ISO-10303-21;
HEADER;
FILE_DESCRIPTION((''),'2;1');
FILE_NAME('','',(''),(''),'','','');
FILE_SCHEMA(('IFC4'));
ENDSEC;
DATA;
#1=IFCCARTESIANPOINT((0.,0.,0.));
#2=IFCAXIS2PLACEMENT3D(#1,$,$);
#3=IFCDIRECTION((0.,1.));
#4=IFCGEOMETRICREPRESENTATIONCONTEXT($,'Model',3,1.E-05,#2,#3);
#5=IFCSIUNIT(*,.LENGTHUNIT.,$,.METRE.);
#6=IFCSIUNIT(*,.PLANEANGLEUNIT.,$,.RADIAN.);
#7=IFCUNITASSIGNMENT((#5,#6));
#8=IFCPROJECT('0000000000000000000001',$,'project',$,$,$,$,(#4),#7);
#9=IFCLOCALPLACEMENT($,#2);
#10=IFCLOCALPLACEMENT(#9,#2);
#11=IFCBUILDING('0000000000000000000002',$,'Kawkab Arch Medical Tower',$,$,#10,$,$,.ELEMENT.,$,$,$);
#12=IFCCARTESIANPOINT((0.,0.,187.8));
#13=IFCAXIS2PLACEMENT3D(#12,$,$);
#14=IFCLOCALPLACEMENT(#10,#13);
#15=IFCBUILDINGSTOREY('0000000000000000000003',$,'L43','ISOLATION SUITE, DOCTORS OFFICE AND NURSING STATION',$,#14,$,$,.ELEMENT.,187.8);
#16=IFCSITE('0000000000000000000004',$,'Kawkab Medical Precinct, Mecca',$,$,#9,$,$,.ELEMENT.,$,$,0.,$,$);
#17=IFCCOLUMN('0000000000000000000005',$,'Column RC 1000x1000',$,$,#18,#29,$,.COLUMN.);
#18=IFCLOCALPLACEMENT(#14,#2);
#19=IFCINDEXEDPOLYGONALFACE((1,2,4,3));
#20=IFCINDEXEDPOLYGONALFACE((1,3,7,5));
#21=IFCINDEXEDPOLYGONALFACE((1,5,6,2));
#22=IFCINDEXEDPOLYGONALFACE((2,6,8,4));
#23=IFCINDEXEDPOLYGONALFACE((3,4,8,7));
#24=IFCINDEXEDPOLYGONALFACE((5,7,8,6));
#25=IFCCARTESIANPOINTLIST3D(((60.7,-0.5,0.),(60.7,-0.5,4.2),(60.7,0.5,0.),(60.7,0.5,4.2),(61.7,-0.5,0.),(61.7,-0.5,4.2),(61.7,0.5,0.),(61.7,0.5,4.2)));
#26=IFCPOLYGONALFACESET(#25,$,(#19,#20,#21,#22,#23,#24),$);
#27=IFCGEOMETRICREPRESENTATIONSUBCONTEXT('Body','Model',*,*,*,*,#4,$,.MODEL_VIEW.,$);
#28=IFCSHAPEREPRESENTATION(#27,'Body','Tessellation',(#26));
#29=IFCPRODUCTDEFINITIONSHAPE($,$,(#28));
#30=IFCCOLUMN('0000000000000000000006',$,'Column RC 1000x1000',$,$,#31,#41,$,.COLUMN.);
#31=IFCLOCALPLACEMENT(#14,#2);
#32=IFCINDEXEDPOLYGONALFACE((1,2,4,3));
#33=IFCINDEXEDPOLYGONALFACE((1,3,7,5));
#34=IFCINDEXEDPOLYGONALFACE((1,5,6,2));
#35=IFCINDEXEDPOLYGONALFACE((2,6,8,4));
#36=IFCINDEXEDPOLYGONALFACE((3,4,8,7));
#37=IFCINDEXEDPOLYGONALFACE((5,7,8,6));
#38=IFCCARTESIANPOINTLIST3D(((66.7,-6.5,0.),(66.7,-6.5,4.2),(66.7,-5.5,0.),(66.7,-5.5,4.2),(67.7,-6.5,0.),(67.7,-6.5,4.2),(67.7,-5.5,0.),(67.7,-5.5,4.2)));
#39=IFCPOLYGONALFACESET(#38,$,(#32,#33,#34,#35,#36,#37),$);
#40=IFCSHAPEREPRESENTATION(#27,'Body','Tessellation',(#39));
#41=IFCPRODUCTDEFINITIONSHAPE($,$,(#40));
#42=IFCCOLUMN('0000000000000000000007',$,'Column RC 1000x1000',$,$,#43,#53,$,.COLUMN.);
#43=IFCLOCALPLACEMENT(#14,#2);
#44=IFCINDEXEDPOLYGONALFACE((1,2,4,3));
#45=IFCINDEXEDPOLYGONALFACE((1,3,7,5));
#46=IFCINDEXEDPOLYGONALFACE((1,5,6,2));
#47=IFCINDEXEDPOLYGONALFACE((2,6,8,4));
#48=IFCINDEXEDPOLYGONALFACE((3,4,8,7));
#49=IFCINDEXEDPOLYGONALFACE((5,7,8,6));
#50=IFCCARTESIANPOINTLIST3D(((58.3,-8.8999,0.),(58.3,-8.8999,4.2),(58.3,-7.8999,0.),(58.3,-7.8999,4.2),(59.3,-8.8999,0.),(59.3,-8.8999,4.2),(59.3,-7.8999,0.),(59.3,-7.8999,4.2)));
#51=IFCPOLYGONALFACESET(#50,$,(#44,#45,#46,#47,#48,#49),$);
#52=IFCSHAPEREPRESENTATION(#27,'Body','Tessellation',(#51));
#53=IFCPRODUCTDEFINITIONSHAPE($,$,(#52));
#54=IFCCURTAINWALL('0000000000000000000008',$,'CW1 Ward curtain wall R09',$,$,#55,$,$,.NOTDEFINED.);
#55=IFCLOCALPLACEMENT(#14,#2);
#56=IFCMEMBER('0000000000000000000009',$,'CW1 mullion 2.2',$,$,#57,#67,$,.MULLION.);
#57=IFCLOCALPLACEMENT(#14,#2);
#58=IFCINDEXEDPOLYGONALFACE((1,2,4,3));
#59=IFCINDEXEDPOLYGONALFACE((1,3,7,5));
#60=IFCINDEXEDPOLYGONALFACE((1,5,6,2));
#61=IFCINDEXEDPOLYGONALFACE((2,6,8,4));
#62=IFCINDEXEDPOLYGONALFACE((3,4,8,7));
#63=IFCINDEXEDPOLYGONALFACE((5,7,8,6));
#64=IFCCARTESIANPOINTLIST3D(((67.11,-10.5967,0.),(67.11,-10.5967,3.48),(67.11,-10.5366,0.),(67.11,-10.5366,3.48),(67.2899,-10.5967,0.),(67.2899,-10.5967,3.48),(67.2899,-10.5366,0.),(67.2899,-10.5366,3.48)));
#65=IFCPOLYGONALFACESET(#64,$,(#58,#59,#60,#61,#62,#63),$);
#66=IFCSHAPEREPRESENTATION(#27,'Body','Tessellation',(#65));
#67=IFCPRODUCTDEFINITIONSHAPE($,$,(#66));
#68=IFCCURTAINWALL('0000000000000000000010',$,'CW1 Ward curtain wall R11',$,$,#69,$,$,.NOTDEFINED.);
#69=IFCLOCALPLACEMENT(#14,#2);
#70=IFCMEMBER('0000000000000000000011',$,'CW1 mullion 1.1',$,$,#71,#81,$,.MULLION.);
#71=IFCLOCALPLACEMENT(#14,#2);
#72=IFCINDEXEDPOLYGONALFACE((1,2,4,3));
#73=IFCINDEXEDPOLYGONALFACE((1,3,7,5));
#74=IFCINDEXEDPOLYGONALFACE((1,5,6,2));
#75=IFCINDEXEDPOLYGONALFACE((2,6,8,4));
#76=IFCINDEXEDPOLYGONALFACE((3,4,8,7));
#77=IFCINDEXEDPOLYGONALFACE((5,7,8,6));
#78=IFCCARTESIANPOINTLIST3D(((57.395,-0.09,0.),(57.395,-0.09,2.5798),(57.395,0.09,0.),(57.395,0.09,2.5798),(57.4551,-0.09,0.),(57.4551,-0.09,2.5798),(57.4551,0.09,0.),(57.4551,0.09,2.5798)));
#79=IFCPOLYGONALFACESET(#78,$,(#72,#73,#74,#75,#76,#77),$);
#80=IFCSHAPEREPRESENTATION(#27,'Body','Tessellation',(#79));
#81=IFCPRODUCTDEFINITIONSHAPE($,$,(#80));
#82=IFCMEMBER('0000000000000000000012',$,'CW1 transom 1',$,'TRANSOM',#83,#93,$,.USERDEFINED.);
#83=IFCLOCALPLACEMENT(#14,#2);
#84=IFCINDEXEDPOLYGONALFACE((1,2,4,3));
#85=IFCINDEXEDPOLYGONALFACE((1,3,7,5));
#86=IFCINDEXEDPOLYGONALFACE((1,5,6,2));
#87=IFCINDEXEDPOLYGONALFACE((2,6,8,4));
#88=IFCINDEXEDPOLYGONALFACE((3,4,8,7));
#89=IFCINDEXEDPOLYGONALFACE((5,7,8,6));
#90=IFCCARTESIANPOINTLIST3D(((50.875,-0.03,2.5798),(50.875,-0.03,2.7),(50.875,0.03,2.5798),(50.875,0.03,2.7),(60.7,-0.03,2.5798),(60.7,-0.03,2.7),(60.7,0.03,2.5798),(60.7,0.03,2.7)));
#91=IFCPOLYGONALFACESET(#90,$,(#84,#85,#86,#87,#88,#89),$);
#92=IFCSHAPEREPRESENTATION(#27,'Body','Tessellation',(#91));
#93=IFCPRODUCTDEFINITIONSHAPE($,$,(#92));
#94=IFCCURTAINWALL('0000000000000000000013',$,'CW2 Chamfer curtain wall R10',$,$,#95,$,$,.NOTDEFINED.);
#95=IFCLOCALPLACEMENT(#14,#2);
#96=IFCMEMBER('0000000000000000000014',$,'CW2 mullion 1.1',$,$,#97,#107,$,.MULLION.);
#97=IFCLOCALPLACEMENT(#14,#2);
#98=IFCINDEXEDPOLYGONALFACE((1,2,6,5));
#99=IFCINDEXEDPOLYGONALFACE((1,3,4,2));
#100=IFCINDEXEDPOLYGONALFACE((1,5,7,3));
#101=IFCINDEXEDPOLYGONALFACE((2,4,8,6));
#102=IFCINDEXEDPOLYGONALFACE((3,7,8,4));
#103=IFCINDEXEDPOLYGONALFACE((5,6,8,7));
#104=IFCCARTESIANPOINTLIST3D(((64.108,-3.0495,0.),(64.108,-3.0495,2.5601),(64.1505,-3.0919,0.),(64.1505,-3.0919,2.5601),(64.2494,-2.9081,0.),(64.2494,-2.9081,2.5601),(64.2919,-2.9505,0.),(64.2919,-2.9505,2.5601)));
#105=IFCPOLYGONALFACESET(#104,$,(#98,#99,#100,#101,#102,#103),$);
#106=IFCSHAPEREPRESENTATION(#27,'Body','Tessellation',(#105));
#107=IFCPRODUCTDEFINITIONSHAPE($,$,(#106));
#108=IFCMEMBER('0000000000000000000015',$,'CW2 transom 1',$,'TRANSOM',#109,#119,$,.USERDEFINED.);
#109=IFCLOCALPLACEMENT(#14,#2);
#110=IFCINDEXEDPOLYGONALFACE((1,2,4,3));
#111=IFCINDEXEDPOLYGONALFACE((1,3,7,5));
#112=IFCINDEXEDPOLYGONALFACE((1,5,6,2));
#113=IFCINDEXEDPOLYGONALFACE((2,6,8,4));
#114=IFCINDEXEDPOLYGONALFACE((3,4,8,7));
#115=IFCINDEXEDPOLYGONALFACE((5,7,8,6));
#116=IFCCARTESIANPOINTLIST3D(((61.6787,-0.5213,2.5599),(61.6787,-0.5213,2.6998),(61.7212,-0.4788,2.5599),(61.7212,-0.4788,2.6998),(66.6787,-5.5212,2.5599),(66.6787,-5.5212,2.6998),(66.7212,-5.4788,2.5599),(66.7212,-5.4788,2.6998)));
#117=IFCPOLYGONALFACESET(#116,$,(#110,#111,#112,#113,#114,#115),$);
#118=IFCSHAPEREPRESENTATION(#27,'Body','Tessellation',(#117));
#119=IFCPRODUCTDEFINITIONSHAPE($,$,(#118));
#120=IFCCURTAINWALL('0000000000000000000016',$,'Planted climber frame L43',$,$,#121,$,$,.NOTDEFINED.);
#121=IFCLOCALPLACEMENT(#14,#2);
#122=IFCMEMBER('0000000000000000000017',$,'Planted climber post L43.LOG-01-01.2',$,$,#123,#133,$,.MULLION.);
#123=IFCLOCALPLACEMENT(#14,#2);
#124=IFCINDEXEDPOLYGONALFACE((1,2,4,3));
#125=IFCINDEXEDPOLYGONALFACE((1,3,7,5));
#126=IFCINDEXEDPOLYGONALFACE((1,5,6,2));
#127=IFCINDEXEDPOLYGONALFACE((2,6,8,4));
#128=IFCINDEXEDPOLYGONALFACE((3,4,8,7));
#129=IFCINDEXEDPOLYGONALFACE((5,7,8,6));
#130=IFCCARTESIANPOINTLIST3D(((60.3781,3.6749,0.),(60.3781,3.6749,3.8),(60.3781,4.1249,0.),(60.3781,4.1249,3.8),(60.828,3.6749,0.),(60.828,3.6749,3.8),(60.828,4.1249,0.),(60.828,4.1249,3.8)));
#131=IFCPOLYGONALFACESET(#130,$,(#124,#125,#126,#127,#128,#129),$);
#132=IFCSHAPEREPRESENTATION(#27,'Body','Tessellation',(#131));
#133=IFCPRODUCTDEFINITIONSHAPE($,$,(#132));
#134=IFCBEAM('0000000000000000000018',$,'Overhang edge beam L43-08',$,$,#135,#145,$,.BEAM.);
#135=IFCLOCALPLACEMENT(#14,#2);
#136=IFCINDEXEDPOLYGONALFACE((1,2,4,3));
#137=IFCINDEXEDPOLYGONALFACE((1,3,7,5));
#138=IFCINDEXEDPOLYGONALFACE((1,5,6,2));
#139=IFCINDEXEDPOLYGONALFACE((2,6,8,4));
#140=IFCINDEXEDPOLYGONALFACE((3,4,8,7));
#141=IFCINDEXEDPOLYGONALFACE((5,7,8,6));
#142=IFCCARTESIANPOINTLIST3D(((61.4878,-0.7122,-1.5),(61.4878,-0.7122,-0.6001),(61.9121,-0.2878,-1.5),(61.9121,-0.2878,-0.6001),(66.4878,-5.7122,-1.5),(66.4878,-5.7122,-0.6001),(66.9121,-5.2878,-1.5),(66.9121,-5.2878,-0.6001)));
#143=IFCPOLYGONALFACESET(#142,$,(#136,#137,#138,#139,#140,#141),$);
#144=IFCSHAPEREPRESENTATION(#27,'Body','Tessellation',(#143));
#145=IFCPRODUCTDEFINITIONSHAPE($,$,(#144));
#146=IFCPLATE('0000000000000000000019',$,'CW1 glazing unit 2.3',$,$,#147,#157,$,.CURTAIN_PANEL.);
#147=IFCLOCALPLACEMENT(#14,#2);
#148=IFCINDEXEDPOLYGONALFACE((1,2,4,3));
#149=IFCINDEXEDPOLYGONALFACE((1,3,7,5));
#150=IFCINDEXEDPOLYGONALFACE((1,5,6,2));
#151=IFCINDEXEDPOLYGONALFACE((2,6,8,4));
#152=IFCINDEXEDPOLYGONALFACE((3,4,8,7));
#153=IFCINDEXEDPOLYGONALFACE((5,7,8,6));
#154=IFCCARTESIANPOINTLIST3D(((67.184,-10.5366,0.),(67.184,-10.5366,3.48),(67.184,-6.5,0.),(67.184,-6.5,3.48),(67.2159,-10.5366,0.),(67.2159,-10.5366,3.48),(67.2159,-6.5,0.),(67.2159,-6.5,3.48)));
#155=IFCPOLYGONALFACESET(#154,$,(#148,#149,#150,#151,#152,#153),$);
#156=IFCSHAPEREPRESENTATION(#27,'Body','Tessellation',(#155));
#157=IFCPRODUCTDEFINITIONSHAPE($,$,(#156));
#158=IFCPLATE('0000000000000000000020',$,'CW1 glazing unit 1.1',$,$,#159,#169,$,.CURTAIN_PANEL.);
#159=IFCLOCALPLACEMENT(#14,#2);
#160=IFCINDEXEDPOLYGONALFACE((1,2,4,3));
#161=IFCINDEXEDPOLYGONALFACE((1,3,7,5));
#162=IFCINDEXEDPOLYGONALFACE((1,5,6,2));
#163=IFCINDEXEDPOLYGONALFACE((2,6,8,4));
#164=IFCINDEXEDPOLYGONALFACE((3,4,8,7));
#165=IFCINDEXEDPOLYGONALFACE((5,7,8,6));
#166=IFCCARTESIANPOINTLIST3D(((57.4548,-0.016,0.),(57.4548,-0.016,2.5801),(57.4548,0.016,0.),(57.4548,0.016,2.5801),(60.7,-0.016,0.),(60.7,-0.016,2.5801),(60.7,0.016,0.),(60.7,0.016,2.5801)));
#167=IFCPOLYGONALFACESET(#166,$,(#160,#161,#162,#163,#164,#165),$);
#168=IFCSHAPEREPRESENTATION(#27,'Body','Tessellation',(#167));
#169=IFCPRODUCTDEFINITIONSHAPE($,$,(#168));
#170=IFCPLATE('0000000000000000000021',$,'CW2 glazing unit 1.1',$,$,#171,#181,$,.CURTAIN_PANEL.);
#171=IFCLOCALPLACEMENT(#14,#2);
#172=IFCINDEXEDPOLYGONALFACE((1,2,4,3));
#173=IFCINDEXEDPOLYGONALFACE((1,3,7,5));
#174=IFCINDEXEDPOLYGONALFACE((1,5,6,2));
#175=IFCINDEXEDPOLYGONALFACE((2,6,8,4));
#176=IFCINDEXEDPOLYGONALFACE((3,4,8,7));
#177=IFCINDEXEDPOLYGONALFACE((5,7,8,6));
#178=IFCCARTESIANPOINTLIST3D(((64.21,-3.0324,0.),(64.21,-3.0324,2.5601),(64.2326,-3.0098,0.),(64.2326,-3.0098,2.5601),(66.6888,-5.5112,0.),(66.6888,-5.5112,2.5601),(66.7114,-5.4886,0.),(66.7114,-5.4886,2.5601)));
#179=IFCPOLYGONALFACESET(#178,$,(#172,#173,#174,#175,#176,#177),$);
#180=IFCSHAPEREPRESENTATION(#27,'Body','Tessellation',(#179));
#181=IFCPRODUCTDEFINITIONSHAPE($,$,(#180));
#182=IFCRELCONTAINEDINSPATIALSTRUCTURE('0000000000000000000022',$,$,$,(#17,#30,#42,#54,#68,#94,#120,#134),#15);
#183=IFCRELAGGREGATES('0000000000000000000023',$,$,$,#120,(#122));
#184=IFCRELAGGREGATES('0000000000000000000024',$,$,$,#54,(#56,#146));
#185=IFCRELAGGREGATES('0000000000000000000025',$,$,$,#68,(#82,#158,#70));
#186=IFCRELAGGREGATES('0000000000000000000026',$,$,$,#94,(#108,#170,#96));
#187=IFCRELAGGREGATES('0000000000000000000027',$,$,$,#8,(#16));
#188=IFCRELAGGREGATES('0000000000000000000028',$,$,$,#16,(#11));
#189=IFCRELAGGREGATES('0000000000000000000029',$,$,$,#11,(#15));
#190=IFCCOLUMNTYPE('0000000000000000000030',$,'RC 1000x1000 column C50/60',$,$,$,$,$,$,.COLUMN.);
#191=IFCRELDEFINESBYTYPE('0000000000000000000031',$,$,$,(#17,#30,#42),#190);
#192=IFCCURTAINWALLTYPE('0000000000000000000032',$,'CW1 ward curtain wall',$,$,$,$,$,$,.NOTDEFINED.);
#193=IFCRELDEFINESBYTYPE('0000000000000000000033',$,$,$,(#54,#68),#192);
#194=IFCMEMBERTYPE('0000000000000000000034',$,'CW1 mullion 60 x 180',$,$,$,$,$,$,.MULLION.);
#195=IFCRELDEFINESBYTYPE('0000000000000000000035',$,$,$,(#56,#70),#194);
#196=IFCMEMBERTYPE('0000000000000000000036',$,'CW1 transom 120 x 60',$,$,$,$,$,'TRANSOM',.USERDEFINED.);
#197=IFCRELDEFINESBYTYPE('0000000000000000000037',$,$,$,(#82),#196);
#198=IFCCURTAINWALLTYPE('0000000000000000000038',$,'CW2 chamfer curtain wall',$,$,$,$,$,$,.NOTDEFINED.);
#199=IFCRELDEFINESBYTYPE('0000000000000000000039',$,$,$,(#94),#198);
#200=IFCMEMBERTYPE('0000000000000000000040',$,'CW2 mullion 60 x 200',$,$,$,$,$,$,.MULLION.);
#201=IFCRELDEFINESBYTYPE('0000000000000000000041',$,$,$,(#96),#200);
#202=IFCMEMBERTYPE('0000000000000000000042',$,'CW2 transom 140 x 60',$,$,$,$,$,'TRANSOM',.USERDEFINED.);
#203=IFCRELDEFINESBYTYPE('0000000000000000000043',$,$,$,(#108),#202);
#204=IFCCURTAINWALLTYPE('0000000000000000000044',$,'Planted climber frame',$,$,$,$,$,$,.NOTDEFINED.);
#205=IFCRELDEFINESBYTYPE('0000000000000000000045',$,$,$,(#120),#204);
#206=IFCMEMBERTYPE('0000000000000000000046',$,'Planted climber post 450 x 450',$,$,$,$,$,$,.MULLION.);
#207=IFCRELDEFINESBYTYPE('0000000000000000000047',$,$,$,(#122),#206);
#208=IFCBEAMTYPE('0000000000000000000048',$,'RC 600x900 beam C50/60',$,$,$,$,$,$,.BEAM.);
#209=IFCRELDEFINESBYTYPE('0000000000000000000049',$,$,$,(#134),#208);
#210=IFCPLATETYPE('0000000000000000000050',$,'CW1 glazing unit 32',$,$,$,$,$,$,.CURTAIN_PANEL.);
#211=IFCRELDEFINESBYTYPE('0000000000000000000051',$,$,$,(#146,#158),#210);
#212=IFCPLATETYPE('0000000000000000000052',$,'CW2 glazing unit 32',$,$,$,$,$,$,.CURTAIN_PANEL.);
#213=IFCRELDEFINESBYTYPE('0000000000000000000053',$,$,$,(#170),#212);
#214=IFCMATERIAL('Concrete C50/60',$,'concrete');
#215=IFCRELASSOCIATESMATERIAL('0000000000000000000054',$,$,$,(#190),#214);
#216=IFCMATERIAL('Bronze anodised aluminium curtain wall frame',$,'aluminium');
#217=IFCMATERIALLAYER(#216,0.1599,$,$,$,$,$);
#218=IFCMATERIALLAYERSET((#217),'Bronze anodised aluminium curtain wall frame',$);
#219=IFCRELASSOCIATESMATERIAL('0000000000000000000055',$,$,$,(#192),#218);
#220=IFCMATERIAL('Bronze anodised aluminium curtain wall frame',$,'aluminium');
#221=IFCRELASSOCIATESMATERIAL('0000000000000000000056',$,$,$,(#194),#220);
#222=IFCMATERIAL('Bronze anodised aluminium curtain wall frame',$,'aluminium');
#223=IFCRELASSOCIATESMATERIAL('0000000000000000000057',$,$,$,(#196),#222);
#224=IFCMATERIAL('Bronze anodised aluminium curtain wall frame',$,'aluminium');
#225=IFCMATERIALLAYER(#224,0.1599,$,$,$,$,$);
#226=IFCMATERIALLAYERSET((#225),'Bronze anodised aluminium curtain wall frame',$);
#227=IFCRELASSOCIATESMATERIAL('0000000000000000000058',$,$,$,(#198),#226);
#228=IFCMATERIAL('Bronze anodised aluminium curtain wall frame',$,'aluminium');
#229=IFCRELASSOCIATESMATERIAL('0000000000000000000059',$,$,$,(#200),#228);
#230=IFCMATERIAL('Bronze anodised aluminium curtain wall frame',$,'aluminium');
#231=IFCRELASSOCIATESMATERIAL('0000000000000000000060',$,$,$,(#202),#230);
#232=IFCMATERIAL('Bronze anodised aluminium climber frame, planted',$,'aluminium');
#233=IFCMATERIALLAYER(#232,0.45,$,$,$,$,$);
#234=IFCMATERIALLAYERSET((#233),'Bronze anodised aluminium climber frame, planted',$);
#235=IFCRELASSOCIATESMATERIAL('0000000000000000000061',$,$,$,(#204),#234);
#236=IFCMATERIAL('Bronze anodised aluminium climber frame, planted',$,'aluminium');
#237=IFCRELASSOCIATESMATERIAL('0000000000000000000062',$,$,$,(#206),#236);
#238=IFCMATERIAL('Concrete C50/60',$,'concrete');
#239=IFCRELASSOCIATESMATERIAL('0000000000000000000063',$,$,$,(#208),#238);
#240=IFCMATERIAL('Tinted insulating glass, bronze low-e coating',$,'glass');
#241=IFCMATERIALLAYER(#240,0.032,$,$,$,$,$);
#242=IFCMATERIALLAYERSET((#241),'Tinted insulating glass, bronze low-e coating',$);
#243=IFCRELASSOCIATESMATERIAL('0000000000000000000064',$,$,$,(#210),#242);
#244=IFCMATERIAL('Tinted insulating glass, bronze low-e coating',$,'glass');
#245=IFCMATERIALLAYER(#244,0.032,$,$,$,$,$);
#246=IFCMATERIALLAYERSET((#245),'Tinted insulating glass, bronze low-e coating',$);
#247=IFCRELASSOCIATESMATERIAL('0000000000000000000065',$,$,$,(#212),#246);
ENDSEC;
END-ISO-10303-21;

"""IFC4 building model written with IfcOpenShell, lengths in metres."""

from ifc_helpers import new_model, si_unit, direction, frame, origin, origin_2d, place, context, subcontext, project, spatial, rectangle, extrude, material, layer, layer_set, material_profile, profile_set, type_object, element, aggregate, save


model = new_model("IFC4")

# Units and contexts
model_context = context("Model", 3, precision=1e-05, world=origin(), true_north=direction((0.0, 1.0)))
body_context = subcontext(model_context, "Body", "Model", "MODEL_VIEW")
ifc_project = project(units=[si_unit("LENGTHUNIT", "METRE"), si_unit("PLANEANGLEUNIT", "RADIAN")], contexts=[model_context])

# Site, building, storey
site_placement = place(None, origin())
site = spatial("IfcSite", under=ifc_project, at=site_placement, Name="Kawkab Medical Precinct, Mecca", CompositionType="ELEMENT", RefElevation=0.0)
building_placement = place(site_placement, origin())
building = spatial("IfcBuilding", under=site, at=building_placement, Name="Kawkab Arch Medical Tower", CompositionType="ELEMENT")
storey_placement = place(building_placement, frame((0.0, 0.0, 187.8)))
storey = spatial("IfcBuildingStorey", under=building, at=storey_placement, Name="L43", Description="ISOLATION SUITE, DOCTORS OFFICE AND NURSING STATION", CompositionType="ELEMENT", Elevation=187.8)

# Columns
ifc_material_1 = material(Name="Concrete C50/60", Category="concrete")
ifc_material_profile_1 = material_profile(ifc_material_1, rectangle(XDim=1.0, YDim=1.0, at=origin_2d()), Name="RC 1000x1000")
ifc_profile_set_1 = profile_set([ifc_material_profile_1], Name="Concrete C50/60")
column_type = type_object("IfcColumnType", Name="RC 1000x1000 column C50/60", PredefinedType="COLUMN", material=ifc_profile_set_1)
for number, where, z_axis, x_axis, name in (
    (1, (61.2, 0.0, 0.0), (0.0, 0.0, 1.0), (1.0, 0.0, 0.0), "Column RC 1000x1000"),
    (2, (67.2, -6.0, 0.0), (0.0, 0.0, 1.0), (1.0, 0.0, 0.0), "Column RC 1000x1000"),
    (3, (58.8, -8.3999, 0.0), (0.0, 0.0, 1.0), (1.0, 0.0, 0.0), "Column RC 1000x1000"),
):
    element("IfcColumn", number, at=place(storey_placement, frame(where, z_axis=z_axis, x_axis=x_axis)), inside=storey, type_object=column_type, Name=name, PredefinedType="COLUMN", context=body_context, shape_type="SweptSolid", body=[
        extrude(rectangle(XDim=1.0, YDim=1.0, at=origin_2d()), origin(), (0.0, 0.0, 1.0), 4.2),
    ])

# Curtain wall, member
ifc_material_2 = material(Name="Bronze anodised aluminium curtain wall frame", Category="aluminium")
ifc_layer_1 = layer(ifc_material_2, 0.1599)
ifc_layer_set_1 = layer_set([ifc_layer_1], Name="Bronze anodised aluminium curtain wall frame")
curtain_wall_type_1 = type_object("IfcCurtainWallType", Name="CW1 ward curtain wall", PredefinedType="NOTDEFINED", material=ifc_layer_set_1)
placement = place(storey_placement, origin())
curtain_wall_1 = element("IfcCurtainWall", 4, at=placement, inside=storey, type_object=curtain_wall_type_1, Name="CW1 Ward curtain wall R09", PredefinedType="NOTDEFINED")
ifc_material_3 = material(Name="Bronze anodised aluminium curtain wall frame", Category="aluminium")
ifc_material_profile_2 = material_profile(ifc_material_3, rectangle(XDim=0.1799, YDim=0.0601, at=origin_2d()), Name="AL 60x180")
ifc_profile_set_2 = profile_set([ifc_material_profile_2], Name="Bronze anodised aluminium curtain wall frame")
member_type_1 = type_object("IfcMemberType", Name="CW1 mullion 60 x 180", PredefinedType="MULLION", material=ifc_profile_set_2)
member_1_placement = place(storey_placement, frame((67.2, -10.5667, 0.0), z_axis=(0.0, 0.0, 1.0), x_axis=(-1.0, 0.0, 0.0)))
member_1 = element("IfcMember", 5, at=member_1_placement, type_object=member_type_1, Name="CW1 mullion 2.2", PredefinedType="MULLION", context=body_context, shape_type="SweptSolid", body=[
    extrude(rectangle(XDim=0.1799, YDim=0.0601, at=origin_2d()), origin(), (0.0, 0.0, 1.0), 3.48),
])

# Curtain walls, members
curtain_wall_2 = element("IfcCurtainWall", 6, at=placement, inside=storey, type_object=curtain_wall_type_1, Name="CW1 Ward curtain wall R11", PredefinedType="NOTDEFINED")
member_2_placement = place(storey_placement, frame((57.425, 0.0, 0.0), z_axis=(0.0, 0.0, 1.0), x_axis=(0.0, -1.0, 0.0)))
member_2 = element("IfcMember", 7, at=member_2_placement, type_object=member_type_1, Name="CW1 mullion 1.1", PredefinedType="MULLION", context=body_context, shape_type="SweptSolid", body=[
    extrude(rectangle(XDim=0.1799, YDim=0.0601, at=origin_2d()), origin(), (0.0, 0.0, 1.0), 2.5798),
])
ifc_material_4 = material(Name="Bronze anodised aluminium curtain wall frame", Category="aluminium")
ifc_material_profile_3 = material_profile(ifc_material_4, rectangle(XDim=0.0601, YDim=0.1201, at=origin_2d()), Name="AL 60x120")
ifc_profile_set_3 = profile_set([ifc_material_profile_3], Name="Bronze anodised aluminium curtain wall frame")
member_type_2 = type_object("IfcMemberType", Name="CW1 transom 120 x 60", ElementType="TRANSOM", PredefinedType="USERDEFINED", material=ifc_profile_set_3)
member_3_placement = place(storey_placement, frame((60.7, 0.0, 2.6399), z_axis=(-1.0, 0.0, 0.0), x_axis=(0.0, -1.0, 0.0)))
member_3 = element("IfcMember", 8, at=member_3_placement, type_object=member_type_2, Name="CW1 transom 1", ObjectType="TRANSOM", PredefinedType="USERDEFINED", context=body_context, shape_type="SweptSolid", body=[
    extrude(rectangle(XDim=0.0601, YDim=0.1201, at=origin_2d()), origin(), (0.0, 0.0, 1.0), 9.825),
])
ifc_material_5 = material(Name="Bronze anodised aluminium curtain wall frame", Category="aluminium")
ifc_layer_2 = layer(ifc_material_5, 0.1599)
ifc_layer_set_2 = layer_set([ifc_layer_2], Name="Bronze anodised aluminium curtain wall frame")
curtain_wall_type_2 = type_object("IfcCurtainWallType", Name="CW2 chamfer curtain wall", PredefinedType="NOTDEFINED", material=ifc_layer_set_2)
curtain_wall_3 = element("IfcCurtainWall", 9, at=placement, inside=storey, type_object=curtain_wall_type_2, Name="CW2 Chamfer curtain wall R10", PredefinedType="NOTDEFINED")
ifc_material_6 = material(Name="Bronze anodised aluminium curtain wall frame", Category="aluminium")
ifc_material_profile_4 = material_profile(ifc_material_6, rectangle(XDim=0.2, YDim=0.0601, at=origin_2d()), Name="AL 60x200")
ifc_profile_set_4 = profile_set([ifc_material_profile_4], Name="Bronze anodised aluminium curtain wall frame")
member_type_3 = type_object("IfcMemberType", Name="CW2 mullion 60 x 200", PredefinedType="MULLION", material=ifc_profile_set_4)
member_4_placement = place(storey_placement, frame((64.2, -3.0, 0.0), z_axis=(0.0, 0.0, 1.0), x_axis=(-0.707107, -0.707107, 0.0)))
member_4 = element("IfcMember", 10, at=member_4_placement, type_object=member_type_3, Name="CW2 mullion 1.1", PredefinedType="MULLION", context=body_context, shape_type="SweptSolid", body=[
    extrude(rectangle(XDim=0.2, YDim=0.0601, at=origin_2d()), origin(), (0.0, 0.0, 1.0), 2.5601),
])
ifc_material_7 = material(Name="Bronze anodised aluminium curtain wall frame", Category="aluminium")
ifc_material_profile_5 = material_profile(ifc_material_7, rectangle(XDim=0.0601, YDim=0.1399, at=origin_2d()), Name="AL 60x140")
ifc_profile_set_5 = profile_set([ifc_material_profile_5], Name="Bronze anodised aluminium curtain wall frame")
member_type_4 = type_object("IfcMemberType", Name="CW2 transom 140 x 60", ElementType="TRANSOM", PredefinedType="USERDEFINED", material=ifc_profile_set_5)
member_5_placement = place(storey_placement, frame((66.7, -5.5, 2.6299), z_axis=(-0.707107, 0.707107, 0.0), x_axis=(-0.707107, -0.707107, 0.0)))
member_5 = element("IfcMember", 11, at=member_5_placement, type_object=member_type_4, Name="CW2 transom 1", ObjectType="TRANSOM", PredefinedType="USERDEFINED", context=body_context, shape_type="SweptSolid", body=[
    extrude(rectangle(XDim=0.0601, YDim=0.1399, at=origin_2d()), origin(), (0.0, 0.0, 1.0), 7.071),
])

# Curtain wall, member
ifc_material_8 = material(Name="Bronze anodised aluminium climber frame, planted", Category="aluminium")
ifc_layer_3 = layer(ifc_material_8, 0.45)
ifc_layer_set_3 = layer_set([ifc_layer_3], Name="Bronze anodised aluminium climber frame, planted")
curtain_wall_type_3 = type_object("IfcCurtainWallType", Name="Planted climber frame", PredefinedType="NOTDEFINED", material=ifc_layer_set_3)
curtain_wall_4 = element("IfcCurtainWall", 12, at=placement, inside=storey, type_object=curtain_wall_type_3, Name="Planted climber frame L43", PredefinedType="NOTDEFINED")
ifc_material_9 = material(Name="Bronze anodised aluminium climber frame, planted", Category="aluminium")
ifc_material_profile_6 = material_profile(ifc_material_9, rectangle(XDim=0.45, YDim=0.45, at=origin_2d()), Name="Post 450x450")
ifc_profile_set_6 = profile_set([ifc_material_profile_6], Name="Bronze anodised aluminium climber frame, planted")
member_type_5 = type_object("IfcMemberType", Name="Planted climber post 450 x 450", PredefinedType="MULLION", material=ifc_profile_set_6)
member_6_placement = place(storey_placement, frame((60.603, 3.8999, 0.0), z_axis=(0.0, 0.0, 1.0), x_axis=(1.0, 0.0, 0.0)))
member_6 = element("IfcMember", 13, at=member_6_placement, type_object=member_type_5, Name="Planted climber post L43.LOG-01-01.2", PredefinedType="MULLION", context=body_context, shape_type="SweptSolid", body=[
    extrude(rectangle(XDim=0.45, YDim=0.45, at=origin_2d()), origin(), (0.0, 0.0, 1.0), 3.8),
])
aggregate(curtain_wall_4, [member_6])

# Beam
ifc_material_10 = material(Name="Concrete C50/60", Category="concrete")
ifc_material_profile_7 = material_profile(ifc_material_10, rectangle(XDim=0.6001, YDim=0.8999, at=origin_2d()), Name="RC 600x900")
ifc_profile_set_7 = profile_set([ifc_material_profile_7], Name="Concrete C50/60")
beam_type = type_object("IfcBeamType", Name="RC 600x900 beam C50/60", PredefinedType="BEAM", material=ifc_profile_set_7)
beam_placement = place(storey_placement, frame((61.7, -0.5, -1.05), z_axis=(0.707107, -0.707107, 0.0), x_axis=(0.707107, 0.707107, 0.0)))
element("IfcBeam", 14, at=beam_placement, inside=storey, type_object=beam_type, Name="Overhang edge beam L43-08", PredefinedType="BEAM", context=body_context, shape_type="SweptSolid", body=[
    extrude(rectangle(XDim=0.6001, YDim=0.8999, at=origin_2d()), origin(), (0.0, 0.0, 1.0), 7.071),
])

# Plates
ifc_material_11 = material(Name="Tinted insulating glass, bronze low-e coating", Category="glass")
ifc_layer_4 = layer(ifc_material_11, 0.032)
ifc_layer_set_4 = layer_set([ifc_layer_4], Name="Tinted insulating glass, bronze low-e coating")
plate_type_1 = type_object("IfcPlateType", Name="CW1 glazing unit 32", PredefinedType="CURTAIN_PANEL", material=ifc_layer_set_4)
plate_1_placement = place(storey_placement, frame((67.2, -8.5183, 0.0), z_axis=(0.0, 0.0, 1.0), x_axis=(0.0, 1.0, 0.0)))
plate_1 = element("IfcPlate", 15, at=plate_1_placement, type_object=plate_type_1, Name="CW1 glazing unit 2.3", PredefinedType="CURTAIN_PANEL", context=body_context, shape_type="SweptSolid", body=[
    extrude(rectangle(XDim=4.0366, YDim=0.032, at=origin_2d()), origin(), (0.0, 0.0, 1.0), 3.48),
])
aggregate(curtain_wall_1, [member_1, plate_1])
plate_2_placement = place(storey_placement, frame((59.0774, 0.0, 0.0), z_axis=(0.0, 0.0, 1.0), x_axis=(-1.0, 0.0, 0.0)))
plate_2 = element("IfcPlate", 16, at=plate_2_placement, type_object=plate_type_1, Name="CW1 glazing unit 1.1", PredefinedType="CURTAIN_PANEL", context=body_context, shape_type="SweptSolid", body=[
    extrude(rectangle(XDim=3.2451, YDim=0.032, at=origin_2d()), origin(), (0.0, 0.0, 1.0), 2.5801),
])
aggregate(curtain_wall_2, [member_3, plate_2, member_2])
ifc_material_12 = material(Name="Tinted insulating glass, bronze low-e coating", Category="glass")
ifc_layer_5 = layer(ifc_material_12, 0.032)
ifc_layer_set_5 = layer_set([ifc_layer_5], Name="Tinted insulating glass, bronze low-e coating")
plate_type_2 = type_object("IfcPlateType", Name="CW2 glazing unit 32", PredefinedType="CURTAIN_PANEL", material=ifc_layer_set_5)
plate_3_placement = place(storey_placement, frame((65.4607, -4.2605, 0.0), z_axis=(0.0, 0.0, 1.0), x_axis=(-0.707107, 0.707107, 0.0)))
plate_3 = element("IfcPlate", 17, at=plate_3_placement, type_object=plate_type_2, Name="CW2 glazing unit 1.1", PredefinedType="CURTAIN_PANEL", context=body_context, shape_type="SweptSolid", body=[
    extrude(rectangle(XDim=3.5056, YDim=0.032, at=origin_2d()), origin(), (0.0, 0.0, 1.0), 2.5601),
])
aggregate(curtain_wall_3, [member_5, plate_3, member_4])

save(model, "model.ifc")
